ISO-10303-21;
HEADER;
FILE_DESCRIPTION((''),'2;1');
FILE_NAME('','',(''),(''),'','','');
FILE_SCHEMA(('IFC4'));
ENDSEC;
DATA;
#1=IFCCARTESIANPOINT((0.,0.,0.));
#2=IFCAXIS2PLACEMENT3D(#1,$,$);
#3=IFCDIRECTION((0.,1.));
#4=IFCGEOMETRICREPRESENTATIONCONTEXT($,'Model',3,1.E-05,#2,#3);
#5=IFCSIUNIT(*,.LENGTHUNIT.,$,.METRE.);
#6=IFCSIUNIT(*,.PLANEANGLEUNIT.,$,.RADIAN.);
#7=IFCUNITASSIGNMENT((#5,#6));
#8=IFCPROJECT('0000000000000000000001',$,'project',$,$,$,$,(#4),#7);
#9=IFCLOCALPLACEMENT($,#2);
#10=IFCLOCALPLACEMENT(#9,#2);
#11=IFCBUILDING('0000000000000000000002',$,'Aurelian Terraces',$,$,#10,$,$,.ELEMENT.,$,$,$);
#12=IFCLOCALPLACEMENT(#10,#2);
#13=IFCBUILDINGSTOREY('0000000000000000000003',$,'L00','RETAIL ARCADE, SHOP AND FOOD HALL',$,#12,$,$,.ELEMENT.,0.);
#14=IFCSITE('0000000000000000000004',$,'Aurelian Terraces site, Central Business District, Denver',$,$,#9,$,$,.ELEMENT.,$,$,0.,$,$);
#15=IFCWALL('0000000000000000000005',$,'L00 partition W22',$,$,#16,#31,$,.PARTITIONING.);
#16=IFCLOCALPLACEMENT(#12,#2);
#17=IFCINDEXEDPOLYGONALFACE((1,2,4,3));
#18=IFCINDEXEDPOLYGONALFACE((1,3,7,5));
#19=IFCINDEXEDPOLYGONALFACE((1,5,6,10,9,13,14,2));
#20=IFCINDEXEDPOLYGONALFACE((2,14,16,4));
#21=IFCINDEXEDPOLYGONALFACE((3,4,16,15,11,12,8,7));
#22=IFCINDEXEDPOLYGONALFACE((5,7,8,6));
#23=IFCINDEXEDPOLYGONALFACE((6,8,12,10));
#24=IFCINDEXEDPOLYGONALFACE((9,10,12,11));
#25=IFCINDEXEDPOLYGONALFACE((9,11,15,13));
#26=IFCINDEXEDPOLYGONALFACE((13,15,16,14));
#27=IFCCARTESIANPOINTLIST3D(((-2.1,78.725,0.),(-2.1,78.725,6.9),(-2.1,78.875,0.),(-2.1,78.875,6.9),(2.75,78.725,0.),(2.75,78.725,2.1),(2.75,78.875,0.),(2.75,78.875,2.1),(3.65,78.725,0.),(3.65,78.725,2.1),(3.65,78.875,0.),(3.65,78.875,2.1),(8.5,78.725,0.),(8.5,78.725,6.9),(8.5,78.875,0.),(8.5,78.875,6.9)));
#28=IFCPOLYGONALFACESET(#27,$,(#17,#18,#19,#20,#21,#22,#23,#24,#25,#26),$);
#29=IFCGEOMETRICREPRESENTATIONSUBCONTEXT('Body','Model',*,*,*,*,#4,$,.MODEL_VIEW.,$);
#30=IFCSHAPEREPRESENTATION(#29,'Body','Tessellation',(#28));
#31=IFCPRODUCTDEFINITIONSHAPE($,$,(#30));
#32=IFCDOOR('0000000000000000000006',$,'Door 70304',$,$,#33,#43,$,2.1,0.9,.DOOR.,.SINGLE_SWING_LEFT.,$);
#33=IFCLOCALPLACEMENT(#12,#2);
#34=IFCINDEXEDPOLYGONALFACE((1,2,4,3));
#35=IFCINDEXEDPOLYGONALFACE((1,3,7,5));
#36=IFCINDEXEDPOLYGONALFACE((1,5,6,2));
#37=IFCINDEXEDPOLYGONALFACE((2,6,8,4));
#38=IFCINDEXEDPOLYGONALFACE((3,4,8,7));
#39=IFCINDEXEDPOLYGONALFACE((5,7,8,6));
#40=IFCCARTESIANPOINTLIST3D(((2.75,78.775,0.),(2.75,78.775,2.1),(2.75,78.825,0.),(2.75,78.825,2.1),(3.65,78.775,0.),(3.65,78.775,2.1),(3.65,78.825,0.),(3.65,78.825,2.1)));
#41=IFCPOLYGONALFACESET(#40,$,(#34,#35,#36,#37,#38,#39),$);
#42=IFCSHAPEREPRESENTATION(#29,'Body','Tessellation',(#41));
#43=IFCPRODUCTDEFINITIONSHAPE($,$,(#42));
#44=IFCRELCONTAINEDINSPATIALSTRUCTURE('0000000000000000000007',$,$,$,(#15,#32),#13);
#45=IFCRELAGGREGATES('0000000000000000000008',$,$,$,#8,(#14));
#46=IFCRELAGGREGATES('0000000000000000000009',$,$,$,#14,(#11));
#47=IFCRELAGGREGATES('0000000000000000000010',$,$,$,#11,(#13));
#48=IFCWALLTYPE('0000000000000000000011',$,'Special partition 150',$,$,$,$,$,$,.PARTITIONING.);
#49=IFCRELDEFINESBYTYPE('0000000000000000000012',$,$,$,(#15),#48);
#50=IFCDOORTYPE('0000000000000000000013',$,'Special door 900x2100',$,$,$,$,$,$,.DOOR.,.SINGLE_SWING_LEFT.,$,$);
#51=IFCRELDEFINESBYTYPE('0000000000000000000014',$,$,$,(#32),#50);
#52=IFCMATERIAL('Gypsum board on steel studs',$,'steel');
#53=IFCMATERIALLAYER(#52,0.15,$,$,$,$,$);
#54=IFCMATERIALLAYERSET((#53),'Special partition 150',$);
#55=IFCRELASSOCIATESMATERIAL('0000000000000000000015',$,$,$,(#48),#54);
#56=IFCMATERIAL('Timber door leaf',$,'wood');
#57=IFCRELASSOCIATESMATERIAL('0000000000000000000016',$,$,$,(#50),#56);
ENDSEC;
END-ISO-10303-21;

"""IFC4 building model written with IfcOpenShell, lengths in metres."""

from ifc_helpers import new_model, si_unit, direction, frame, frame_2d, origin, place, context, subcontext, project, spatial, rectangle, extrude, source, transform, mapped, material, layer, layer_set, type_object, element, fill, save


model = new_model("IFC4")

# Units and contexts
model_context = context("Model", 3, precision=1e-05, world=origin(), true_north=direction((0.0, 1.0)))
body_context = subcontext(model_context, "Body", "Model", "MODEL_VIEW")
ifc_project = project(units=[si_unit("LENGTHUNIT", "METRE"), si_unit("PLANEANGLEUNIT", "RADIAN")], contexts=[model_context])

# Site, building, storey
site_placement = place(None, origin())
site = spatial("IfcSite", under=ifc_project, at=site_placement, Name="Aurelian Terraces site, Central Business District, Denver", CompositionType="ELEMENT", RefElevation=0.0)
building_placement = place(site_placement, origin())
building = spatial("IfcBuilding", under=site, at=building_placement, Name="Aurelian Terraces", CompositionType="ELEMENT")
storey_placement = place(building_placement, origin())
storey = spatial("IfcBuildingStorey", under=building, at=storey_placement, Name="L00", Description="RETAIL ARCADE, SHOP AND FOOD HALL", CompositionType="ELEMENT", Elevation=0.0)

# Shared definitions
ifc_material_1 = material(Name="Gypsum board on steel studs", Category="steel")
ifc_layer_1 = layer(ifc_material_1, 0.15)
ifc_layer_set_1 = layer_set([ifc_layer_1], Name="Special partition 150")
wall_type_1 = type_object("IfcWallType", Name="Special partition 150", PredefinedType="PARTITIONING", material=ifc_layer_set_1)

# Shared definitions
shared_shape_1 = source(origin(), body_context, "Body", "SweptSolid", [
    extrude(rectangle(XDim=0.9, YDim=2.1, at=frame_2d((0.45, 1.05))), frame((0.0, 0.025, 0.0), z_axis=(0.0, -1.0, 0.0), x_axis=(1.0, 0.0, 0.0)), (0.0, 0.0, 1.0), 0.05),
])

# Shared definitions
ifc_material_2 = material(Name="Timber door leaf", Category="wood")

# Shared definitions
shared_shape_2 = source(origin(), body_context, "Body", "SweptSolid", [
    extrude(rectangle(XDim=10.6, YDim=0.15, at=frame_2d((5.3, 0.0))), origin(), (0.0, 0.0, 1.0), 6.9),
])

# Wall, opening, door
wall_1_placement = place(storey_placement, frame((-2.1, 78.8, 0.0), z_axis=(0.0, 0.0, 1.0), x_axis=(1.0, 0.0, 0.0)))
wall_1 = element("IfcWall", 1, at=wall_1_placement, inside=storey, type_object=wall_type_1, Name="L00 partition W22", PredefinedType="PARTITIONING", context=body_context, shape_type="MappedRepresentation", body=[
    mapped(shared_shape_2, transform((0.0, 0.0, 0.0), scale=1.0)),
])
shared_shape_3 = source(origin(), body_context, "Body", "SweptSolid", [
    extrude(rectangle(XDim=0.9, YDim=2.1, at=frame_2d((0.45, 1.05))), frame((0.0, 0.085, 0.0), z_axis=(0.0, -1.0, 0.0), x_axis=(1.0, 0.0, 0.0)), (0.0, 0.0, 1.0), 0.17),
])
opening_1_placement = place(wall_1_placement, frame((4.85, 0.0, 0.0)))
opening_1 = element("IfcOpeningElement", 2, at=opening_1_placement, cuts=wall_1, PredefinedType="OPENING", context=body_context, shape_type="MappedRepresentation", body=[
    mapped(shared_shape_3, transform((0.0, 0.0, 0.0), scale=1.0)),
])
door_type_1 = type_object("IfcDoorType", Name="Special door 900x2100", OperationType="SINGLE_SWING_LEFT", PredefinedType="DOOR", material=ifc_material_2)
door_1_placement = place(opening_1_placement, origin())
door_1 = element("IfcDoor", 3, at=door_1_placement, inside=storey, type_object=door_type_1, Name="Door 70304", OperationType="SINGLE_SWING_LEFT", OverallHeight=2.1, OverallWidth=0.9, PredefinedType="DOOR", context=body_context, shape_type="MappedRepresentation", body=[
    mapped(shared_shape_1, transform((0.0, 0.0, 0.0), scale=1.0)),
])
fill(opening_1, door_1)

save(model, "model.ifc")
